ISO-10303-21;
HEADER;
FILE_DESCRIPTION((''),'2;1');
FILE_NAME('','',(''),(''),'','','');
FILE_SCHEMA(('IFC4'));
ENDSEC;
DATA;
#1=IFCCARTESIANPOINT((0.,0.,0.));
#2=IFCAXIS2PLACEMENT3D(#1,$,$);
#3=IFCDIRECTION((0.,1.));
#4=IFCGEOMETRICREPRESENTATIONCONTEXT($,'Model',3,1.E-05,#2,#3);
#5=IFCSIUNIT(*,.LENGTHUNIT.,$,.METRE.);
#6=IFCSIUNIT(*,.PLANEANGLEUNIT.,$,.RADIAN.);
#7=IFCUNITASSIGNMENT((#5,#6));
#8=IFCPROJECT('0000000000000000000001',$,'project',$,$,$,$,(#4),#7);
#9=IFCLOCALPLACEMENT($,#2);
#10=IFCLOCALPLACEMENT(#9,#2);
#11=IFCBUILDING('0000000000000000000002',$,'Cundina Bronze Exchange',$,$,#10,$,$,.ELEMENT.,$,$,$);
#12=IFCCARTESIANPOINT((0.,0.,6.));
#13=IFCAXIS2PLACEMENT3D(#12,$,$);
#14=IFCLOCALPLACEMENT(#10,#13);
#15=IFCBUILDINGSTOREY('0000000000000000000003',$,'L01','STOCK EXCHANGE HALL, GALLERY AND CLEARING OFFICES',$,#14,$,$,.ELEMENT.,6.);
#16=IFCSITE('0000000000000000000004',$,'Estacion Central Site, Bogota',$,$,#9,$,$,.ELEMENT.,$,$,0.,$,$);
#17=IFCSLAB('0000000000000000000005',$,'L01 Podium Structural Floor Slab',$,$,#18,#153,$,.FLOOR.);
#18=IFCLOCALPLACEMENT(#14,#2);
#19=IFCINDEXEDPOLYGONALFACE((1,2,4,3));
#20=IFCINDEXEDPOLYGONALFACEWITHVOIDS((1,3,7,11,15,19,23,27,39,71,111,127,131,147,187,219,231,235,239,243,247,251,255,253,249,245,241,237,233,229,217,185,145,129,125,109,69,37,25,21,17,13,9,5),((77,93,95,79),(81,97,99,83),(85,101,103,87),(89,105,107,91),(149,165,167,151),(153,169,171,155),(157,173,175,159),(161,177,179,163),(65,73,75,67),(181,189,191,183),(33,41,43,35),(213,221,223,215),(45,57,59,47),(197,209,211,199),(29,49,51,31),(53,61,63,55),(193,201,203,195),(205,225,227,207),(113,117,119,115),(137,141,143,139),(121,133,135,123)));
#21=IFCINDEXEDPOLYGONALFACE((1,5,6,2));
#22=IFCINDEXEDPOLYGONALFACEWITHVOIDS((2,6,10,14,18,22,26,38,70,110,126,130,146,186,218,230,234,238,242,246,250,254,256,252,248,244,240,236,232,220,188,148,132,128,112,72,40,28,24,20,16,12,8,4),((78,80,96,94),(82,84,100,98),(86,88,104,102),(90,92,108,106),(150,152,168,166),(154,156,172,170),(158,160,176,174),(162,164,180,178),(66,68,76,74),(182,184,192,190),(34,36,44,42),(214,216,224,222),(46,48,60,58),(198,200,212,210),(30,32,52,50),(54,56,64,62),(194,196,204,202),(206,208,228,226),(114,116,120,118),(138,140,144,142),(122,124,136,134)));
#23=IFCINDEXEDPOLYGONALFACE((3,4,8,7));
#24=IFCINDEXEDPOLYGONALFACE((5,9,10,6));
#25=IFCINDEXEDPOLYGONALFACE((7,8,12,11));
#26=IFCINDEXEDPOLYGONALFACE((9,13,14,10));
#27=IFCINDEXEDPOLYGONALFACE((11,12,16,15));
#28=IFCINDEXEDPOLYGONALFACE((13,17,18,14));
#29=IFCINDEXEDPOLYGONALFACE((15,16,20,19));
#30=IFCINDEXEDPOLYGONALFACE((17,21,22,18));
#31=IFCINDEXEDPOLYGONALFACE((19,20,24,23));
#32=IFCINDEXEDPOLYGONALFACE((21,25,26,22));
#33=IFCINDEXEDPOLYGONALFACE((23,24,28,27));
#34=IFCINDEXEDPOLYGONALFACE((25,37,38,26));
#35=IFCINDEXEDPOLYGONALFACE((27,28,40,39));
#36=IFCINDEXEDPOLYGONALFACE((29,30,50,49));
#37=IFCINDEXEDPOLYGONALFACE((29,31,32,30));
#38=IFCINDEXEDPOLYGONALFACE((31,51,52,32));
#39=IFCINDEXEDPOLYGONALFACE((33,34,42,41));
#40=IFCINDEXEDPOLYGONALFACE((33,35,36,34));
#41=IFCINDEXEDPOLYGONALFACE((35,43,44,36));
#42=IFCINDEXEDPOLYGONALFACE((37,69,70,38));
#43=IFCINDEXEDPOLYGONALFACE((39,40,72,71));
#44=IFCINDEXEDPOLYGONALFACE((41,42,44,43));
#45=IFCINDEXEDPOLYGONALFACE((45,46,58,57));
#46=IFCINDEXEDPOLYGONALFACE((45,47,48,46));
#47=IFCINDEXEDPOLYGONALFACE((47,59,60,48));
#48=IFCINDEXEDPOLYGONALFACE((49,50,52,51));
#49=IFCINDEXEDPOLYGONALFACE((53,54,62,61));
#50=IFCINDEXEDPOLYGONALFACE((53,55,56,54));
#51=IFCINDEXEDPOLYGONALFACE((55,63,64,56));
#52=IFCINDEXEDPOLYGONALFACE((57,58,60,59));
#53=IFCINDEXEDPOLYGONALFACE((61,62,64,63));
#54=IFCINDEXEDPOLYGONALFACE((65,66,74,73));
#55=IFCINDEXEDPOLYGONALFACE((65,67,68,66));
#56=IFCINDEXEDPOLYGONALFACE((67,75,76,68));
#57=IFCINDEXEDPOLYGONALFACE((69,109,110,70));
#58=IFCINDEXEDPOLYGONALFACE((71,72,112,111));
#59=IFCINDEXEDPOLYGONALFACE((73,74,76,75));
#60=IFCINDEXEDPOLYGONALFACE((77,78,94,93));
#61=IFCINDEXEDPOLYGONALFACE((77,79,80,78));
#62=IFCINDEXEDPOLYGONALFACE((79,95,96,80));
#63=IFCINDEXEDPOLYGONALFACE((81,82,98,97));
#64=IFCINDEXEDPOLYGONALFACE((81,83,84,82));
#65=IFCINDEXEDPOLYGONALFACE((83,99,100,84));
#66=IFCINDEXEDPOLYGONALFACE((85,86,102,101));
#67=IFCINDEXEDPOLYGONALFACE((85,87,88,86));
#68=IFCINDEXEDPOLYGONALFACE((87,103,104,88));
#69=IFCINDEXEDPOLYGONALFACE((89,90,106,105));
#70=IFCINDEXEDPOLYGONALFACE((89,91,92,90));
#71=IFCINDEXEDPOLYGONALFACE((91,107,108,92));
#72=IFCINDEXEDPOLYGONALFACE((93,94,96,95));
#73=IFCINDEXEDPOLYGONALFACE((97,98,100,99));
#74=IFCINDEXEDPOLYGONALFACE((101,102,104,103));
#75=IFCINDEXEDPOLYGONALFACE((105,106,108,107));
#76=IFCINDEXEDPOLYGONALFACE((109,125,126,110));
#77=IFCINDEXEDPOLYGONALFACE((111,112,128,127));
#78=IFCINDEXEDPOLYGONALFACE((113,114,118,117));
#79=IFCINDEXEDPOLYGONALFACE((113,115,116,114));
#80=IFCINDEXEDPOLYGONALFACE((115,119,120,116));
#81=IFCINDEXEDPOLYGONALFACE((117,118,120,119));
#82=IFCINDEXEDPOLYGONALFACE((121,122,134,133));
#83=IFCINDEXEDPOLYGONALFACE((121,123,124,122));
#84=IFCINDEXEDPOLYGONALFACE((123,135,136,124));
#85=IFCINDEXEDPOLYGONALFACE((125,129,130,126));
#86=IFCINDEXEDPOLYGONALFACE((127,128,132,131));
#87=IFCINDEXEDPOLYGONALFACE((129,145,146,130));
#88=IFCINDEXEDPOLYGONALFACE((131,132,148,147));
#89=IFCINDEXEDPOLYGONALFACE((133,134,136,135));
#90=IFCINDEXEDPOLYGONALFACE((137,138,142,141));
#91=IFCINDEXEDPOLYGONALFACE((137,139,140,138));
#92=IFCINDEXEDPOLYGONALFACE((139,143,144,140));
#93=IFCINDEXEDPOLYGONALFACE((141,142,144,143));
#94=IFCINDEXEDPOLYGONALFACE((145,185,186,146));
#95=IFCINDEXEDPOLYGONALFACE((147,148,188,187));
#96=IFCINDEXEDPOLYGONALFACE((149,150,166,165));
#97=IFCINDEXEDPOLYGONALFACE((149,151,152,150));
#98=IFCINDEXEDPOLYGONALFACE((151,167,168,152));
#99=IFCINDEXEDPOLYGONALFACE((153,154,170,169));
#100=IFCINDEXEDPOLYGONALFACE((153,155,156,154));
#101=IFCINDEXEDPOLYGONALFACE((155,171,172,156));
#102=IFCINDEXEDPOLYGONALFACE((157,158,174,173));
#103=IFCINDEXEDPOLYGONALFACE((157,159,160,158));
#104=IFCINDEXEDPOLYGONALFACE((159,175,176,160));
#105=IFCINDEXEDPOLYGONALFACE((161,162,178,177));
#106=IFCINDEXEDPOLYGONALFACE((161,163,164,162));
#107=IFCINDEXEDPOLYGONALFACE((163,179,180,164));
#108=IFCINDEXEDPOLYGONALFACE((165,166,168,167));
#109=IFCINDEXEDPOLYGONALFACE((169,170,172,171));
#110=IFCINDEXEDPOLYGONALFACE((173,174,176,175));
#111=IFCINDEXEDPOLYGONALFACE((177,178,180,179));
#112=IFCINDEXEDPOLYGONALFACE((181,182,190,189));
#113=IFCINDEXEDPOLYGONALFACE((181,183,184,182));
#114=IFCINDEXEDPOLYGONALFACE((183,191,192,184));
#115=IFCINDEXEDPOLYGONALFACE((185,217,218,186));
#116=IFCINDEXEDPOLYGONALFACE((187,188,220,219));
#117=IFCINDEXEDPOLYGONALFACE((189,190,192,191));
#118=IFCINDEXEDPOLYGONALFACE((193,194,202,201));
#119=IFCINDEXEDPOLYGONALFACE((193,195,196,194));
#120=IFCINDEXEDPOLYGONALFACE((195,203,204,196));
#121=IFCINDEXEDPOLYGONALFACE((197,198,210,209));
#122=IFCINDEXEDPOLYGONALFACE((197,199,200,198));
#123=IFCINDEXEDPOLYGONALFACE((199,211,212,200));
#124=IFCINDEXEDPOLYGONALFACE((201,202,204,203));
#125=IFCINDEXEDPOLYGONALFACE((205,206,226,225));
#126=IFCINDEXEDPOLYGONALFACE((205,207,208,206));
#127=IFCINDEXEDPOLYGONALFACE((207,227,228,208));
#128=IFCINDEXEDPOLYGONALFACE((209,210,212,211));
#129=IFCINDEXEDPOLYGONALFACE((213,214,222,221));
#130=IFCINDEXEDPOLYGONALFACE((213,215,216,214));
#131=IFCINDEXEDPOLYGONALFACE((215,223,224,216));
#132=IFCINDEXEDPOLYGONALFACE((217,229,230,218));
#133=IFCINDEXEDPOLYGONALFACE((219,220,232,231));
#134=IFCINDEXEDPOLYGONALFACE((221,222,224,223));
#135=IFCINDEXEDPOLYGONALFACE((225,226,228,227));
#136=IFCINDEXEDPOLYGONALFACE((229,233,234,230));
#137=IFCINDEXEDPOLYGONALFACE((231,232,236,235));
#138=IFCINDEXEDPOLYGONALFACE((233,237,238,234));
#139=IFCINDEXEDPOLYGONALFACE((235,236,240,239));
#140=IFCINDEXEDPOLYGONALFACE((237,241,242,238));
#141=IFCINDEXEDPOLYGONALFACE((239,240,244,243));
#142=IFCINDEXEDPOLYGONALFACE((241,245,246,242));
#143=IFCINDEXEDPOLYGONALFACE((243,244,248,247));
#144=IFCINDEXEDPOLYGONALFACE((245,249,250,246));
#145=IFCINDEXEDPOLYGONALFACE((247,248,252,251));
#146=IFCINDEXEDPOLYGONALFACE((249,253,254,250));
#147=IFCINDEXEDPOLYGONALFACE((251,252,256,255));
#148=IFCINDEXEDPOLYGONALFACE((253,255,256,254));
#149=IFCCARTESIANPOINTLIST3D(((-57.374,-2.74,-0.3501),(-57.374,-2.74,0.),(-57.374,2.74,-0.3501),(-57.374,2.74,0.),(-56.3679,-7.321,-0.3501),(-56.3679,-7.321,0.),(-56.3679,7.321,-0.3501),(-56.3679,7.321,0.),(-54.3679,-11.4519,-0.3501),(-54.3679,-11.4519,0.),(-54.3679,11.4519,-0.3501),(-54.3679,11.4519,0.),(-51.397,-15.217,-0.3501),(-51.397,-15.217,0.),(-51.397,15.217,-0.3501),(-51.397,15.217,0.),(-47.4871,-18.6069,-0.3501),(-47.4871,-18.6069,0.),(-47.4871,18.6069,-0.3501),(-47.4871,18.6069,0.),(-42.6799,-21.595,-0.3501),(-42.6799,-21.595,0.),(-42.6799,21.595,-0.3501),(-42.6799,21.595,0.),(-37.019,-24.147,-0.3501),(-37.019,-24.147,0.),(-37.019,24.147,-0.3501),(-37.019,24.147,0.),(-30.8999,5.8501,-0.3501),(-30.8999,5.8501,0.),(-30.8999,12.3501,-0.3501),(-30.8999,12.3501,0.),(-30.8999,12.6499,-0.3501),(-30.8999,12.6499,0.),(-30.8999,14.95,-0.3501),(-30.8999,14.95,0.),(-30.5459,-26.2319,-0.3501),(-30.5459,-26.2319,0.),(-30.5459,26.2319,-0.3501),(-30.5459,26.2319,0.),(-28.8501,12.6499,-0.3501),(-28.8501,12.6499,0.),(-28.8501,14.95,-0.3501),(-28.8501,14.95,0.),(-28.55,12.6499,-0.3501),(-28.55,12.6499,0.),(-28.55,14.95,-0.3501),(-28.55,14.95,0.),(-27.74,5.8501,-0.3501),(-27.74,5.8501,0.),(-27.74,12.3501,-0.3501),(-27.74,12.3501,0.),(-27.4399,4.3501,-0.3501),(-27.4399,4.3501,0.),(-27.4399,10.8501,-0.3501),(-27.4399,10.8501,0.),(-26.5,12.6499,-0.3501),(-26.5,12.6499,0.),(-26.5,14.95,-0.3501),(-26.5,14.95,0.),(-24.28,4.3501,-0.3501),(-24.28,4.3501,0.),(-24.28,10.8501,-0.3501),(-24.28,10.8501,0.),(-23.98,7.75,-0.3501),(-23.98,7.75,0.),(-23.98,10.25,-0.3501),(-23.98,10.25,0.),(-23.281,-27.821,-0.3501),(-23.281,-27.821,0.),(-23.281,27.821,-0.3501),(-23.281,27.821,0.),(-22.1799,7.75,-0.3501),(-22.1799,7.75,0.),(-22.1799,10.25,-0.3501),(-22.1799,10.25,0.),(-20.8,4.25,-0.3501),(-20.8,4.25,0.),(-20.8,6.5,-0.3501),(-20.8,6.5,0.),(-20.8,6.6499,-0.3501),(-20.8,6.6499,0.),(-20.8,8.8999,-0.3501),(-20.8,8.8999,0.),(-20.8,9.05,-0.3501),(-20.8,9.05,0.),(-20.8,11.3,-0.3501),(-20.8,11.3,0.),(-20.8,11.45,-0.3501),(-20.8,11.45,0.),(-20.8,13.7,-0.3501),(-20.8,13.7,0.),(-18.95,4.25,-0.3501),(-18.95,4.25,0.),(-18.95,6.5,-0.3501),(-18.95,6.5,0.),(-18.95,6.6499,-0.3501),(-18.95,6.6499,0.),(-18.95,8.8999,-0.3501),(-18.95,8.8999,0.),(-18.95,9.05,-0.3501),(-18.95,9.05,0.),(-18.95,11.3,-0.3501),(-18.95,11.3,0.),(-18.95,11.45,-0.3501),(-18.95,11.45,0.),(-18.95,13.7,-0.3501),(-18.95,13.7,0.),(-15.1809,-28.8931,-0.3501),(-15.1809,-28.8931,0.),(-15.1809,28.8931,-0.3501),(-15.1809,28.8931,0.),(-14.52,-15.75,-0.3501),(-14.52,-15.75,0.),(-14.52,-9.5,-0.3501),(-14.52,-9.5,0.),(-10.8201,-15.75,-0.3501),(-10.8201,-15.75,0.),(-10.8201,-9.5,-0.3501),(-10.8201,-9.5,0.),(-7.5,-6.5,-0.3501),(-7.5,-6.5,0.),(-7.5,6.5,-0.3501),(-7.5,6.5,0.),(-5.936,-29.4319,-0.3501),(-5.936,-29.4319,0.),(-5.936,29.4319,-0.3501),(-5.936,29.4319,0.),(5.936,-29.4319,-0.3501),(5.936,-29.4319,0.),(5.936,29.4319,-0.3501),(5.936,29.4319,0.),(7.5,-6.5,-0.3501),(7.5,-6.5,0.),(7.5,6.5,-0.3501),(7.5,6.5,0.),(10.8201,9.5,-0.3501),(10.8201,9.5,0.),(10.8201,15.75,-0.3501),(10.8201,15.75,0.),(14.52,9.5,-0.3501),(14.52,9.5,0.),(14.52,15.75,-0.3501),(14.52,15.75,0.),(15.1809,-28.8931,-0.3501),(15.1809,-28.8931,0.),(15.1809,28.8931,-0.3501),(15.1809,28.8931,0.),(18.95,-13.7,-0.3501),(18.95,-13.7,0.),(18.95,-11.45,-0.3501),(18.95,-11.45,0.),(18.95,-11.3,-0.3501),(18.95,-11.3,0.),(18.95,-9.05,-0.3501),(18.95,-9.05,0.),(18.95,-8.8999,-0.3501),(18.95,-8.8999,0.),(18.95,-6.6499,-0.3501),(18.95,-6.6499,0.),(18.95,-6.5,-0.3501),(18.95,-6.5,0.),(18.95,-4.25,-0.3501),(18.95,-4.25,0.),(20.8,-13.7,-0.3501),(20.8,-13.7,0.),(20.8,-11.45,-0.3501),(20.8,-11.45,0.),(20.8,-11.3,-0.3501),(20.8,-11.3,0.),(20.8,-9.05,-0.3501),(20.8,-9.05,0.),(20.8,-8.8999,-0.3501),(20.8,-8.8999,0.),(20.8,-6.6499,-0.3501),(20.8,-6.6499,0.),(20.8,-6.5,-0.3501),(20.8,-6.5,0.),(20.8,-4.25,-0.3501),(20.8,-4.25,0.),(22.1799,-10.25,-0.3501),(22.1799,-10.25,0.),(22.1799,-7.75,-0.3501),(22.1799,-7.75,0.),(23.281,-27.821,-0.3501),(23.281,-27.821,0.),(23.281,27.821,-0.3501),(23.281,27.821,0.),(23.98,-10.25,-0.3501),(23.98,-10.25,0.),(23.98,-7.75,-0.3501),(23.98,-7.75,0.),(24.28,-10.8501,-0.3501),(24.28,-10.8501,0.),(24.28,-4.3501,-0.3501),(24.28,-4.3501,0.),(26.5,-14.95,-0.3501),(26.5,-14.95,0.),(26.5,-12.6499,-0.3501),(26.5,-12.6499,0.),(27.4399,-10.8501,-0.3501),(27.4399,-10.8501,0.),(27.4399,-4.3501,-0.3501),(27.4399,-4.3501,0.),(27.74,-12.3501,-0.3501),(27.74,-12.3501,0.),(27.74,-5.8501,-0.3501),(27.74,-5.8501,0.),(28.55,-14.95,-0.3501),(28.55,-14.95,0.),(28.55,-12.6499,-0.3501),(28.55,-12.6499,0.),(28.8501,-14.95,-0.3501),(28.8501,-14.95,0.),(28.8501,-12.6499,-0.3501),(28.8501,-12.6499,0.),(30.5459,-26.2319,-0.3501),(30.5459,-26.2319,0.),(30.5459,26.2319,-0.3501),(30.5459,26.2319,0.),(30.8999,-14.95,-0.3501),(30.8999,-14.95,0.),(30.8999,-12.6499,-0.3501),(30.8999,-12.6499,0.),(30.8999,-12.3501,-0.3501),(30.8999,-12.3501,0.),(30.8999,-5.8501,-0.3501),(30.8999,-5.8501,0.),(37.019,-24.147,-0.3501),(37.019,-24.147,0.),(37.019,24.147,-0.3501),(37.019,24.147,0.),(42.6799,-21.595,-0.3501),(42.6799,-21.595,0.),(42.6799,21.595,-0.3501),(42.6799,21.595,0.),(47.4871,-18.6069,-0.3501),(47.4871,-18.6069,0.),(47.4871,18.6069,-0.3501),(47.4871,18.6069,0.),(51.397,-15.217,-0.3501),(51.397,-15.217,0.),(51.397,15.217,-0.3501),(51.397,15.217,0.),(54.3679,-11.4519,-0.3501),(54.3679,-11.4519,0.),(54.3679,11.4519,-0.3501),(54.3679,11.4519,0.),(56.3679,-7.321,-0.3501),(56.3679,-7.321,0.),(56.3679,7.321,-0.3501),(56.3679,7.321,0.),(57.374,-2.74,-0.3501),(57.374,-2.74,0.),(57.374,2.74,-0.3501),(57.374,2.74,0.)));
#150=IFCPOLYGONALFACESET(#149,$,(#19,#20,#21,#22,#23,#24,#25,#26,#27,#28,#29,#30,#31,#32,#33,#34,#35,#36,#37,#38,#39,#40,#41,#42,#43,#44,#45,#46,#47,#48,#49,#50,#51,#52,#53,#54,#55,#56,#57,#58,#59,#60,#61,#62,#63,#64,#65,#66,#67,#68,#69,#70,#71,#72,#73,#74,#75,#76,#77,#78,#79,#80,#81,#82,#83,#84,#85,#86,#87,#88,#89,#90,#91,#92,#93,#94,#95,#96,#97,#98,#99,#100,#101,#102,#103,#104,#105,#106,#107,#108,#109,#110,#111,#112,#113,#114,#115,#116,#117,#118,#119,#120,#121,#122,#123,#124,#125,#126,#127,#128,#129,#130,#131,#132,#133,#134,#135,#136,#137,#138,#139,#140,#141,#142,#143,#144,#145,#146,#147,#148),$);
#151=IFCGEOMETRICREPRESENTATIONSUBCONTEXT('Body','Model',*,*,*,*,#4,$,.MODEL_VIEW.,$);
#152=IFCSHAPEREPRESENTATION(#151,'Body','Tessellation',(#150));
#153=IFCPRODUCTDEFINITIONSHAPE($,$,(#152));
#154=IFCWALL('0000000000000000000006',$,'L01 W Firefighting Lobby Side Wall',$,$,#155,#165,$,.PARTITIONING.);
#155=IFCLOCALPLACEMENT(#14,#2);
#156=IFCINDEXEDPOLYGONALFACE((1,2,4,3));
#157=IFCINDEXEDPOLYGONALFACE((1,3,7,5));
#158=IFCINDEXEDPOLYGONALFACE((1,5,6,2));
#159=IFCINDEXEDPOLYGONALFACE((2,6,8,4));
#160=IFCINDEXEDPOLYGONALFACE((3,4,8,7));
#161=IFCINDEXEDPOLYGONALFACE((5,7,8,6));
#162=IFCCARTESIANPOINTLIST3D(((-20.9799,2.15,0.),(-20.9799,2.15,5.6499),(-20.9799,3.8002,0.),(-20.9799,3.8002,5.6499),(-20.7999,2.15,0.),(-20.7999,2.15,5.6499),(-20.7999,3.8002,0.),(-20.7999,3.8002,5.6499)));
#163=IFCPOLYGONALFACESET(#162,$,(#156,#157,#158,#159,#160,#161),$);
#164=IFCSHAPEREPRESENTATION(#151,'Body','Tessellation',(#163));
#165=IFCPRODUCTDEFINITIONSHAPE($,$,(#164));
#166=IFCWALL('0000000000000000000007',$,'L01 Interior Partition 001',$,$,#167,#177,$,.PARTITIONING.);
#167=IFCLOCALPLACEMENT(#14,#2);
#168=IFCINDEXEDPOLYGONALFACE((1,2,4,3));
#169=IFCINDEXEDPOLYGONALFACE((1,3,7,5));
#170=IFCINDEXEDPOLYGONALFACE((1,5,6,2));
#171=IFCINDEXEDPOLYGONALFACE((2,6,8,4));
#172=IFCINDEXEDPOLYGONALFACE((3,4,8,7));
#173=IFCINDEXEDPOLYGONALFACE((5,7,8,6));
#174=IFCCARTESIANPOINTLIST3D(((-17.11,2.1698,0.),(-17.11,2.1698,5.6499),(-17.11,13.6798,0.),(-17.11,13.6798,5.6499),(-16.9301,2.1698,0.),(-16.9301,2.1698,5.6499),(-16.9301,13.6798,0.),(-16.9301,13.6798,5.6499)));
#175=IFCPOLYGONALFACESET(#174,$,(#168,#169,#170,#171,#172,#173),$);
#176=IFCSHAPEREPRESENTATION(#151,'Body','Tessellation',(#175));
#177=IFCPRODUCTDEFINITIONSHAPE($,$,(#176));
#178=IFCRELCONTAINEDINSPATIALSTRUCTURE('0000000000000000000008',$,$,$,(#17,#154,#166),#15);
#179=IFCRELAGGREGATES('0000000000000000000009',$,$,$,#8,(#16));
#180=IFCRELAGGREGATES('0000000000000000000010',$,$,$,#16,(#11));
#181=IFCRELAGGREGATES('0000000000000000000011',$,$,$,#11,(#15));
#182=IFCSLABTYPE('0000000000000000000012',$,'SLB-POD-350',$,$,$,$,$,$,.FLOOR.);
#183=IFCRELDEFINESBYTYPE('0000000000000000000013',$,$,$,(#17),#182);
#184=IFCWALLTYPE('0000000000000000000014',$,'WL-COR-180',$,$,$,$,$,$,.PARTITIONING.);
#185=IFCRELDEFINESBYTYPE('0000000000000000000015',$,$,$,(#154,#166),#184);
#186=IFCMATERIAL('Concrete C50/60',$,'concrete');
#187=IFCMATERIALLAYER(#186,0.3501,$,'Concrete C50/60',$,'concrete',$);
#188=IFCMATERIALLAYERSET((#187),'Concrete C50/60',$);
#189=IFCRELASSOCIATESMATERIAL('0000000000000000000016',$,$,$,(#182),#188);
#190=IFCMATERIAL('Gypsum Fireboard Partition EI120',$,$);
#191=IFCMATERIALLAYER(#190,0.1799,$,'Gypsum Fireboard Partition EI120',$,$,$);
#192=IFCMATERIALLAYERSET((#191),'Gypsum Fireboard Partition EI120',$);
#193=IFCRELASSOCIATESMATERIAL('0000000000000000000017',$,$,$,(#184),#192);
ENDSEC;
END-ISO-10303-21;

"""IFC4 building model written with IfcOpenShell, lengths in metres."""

from ifc_helpers import new_model, si_unit, direction, frame, frame_2d, origin, place, context, subcontext, project, spatial, polyline, rectangle, outline, extrude, material, layer, layer_set, type_object, element, save


model = new_model("IFC4")

# Units and contexts
model_context = context("Model", 3, precision=1e-05, world=origin(), true_north=direction((0.0, 1.0)))
body_context = subcontext(model_context, "Body", "Model", "MODEL_VIEW")
ifc_project = project(units=[si_unit("LENGTHUNIT", "METRE"), si_unit("PLANEANGLEUNIT", "RADIAN")], contexts=[model_context])

# Site, building, storey
site_placement = place(None, origin())
site = spatial("IfcSite", under=ifc_project, at=site_placement, Name="Estacion Central Site, Bogota", CompositionType="ELEMENT", RefElevation=0.0)
building_placement = place(site_placement, origin())
building = spatial("IfcBuilding", under=site, at=building_placement, Name="Cundina Bronze Exchange", CompositionType="ELEMENT")
storey_placement = place(building_placement, frame((0.0, 0.0, 6.0)))
storey = spatial("IfcBuildingStorey", under=building, at=storey_placement, Name="L01", Description="STOCK EXCHANGE HALL, GALLERY AND CLEARING OFFICES", CompositionType="ELEMENT", Elevation=6.0)

# Slab
ifc_material_1 = material(Name="Concrete C50/60", Category="concrete")
ifc_layer_1 = layer(ifc_material_1, 0.3501, Name="Concrete C50/60", Category="concrete")
ifc_layer_set_1 = layer_set([ifc_layer_1], Name="Concrete C50/60")
slab_type = type_object("IfcSlabType", Name="SLB-POD-350", PredefinedType="FLOOR", material=ifc_layer_set_1)
slab_placement = place(storey_placement, frame((0.0, 0.0, -0.3501)))
element("IfcSlab", 1, at=slab_placement, inside=storey, type_object=slab_type, Name="L01 Podium Structural Floor Slab", PredefinedType="FLOOR", context=body_context, shape_type="SweptSolid", body=[
    extrude(outline(polyline([(57.374, 2.74), (56.3679, 7.321), (54.3679, 11.4519), (51.397, 15.217), (47.4871, 18.6069), (42.6799, 21.595), (37.019, 24.147), (30.5459, 26.2319), (23.281, 27.821), (15.1809, 28.8931), (5.936, 29.4319), (-5.936, 29.4319), (-15.1809, 28.8931), (-23.281, 27.821), (-30.5459, 26.2319), (-37.019, 24.147), (-42.6799, 21.595), (-47.4871, 18.6069), (-51.397, 15.217), (-54.3679, 11.4519), (-56.3679, 7.321), (-57.374, 2.74), (-57.374, -2.74), (-56.3679, -7.321), (-54.3679, -11.4519), (-51.397, -15.217), (-47.4871, -18.6069), (-42.6799, -21.595), (-37.019, -24.147), (-30.5459, -26.2319), (-23.281, -27.821), (-15.1809, -28.8931), (-5.936, -29.4319), (5.936, -29.4319), (15.1809, -28.8931), (23.281, -27.821), (30.5459, -26.2319), (37.019, -24.147), (42.6799, -21.595), (47.4871, -18.6069), (51.397, -15.217), (54.3679, -11.4519), (56.3679, -7.321), (57.374, -2.74), (57.374, 2.74)]), holes=[polyline([(-27.74, 5.8501), (-27.74, 12.3501), (-30.8999, 12.3501), (-30.8999, 5.8501), (-27.74, 5.8501)]), polyline([(-27.4399, 10.8501), (-27.4399, 4.3501), (-24.28, 4.3501), (-24.28, 10.8501), (-27.4399, 10.8501)]), polyline([(27.74, -5.8501), (27.74, -12.3501), (30.8999, -12.3501), (30.8999, -5.8501), (27.74, -5.8501)]), polyline([(27.4399, -10.8501), (27.4399, -4.3501), (24.28, -4.3501), (24.28, -10.8501), (27.4399, -10.8501)]), polyline([(-10.8201, -15.75), (-10.8201, -9.5), (-14.52, -9.5), (-14.52, -15.75), (-10.8201, -15.75)]), polyline([(10.8201, 15.75), (10.8201, 9.5), (14.52, 9.5), (14.52, 15.75), (10.8201, 15.75)]), polyline([(-23.98, 10.25), (-22.1799, 10.25), (-22.1799, 7.75), (-23.98, 7.75), (-23.98, 10.25)]), polyline([(-30.8999, 14.95), (-28.8501, 14.95), (-28.8501, 12.6499), (-30.8999, 12.6499), (-30.8999, 14.95)]), polyline([(-28.55, 14.95), (-26.5, 14.95), (-26.5, 12.6499), (-28.55, 12.6499), (-28.55, 14.95)]), polyline([(-20.8, 13.7), (-18.95, 13.7), (-18.95, 11.45), (-20.8, 11.45), (-20.8, 13.7)]), polyline([(-20.8, 11.3), (-18.95, 11.3), (-18.95, 9.05), (-20.8, 9.05), (-20.8, 11.3)]), polyline([(-20.8, 8.8999), (-18.95, 8.8999), (-18.95, 6.6499), (-20.8, 6.6499), (-20.8, 8.8999)]), polyline([(-20.8, 6.5), (-18.95, 6.5), (-18.95, 4.25), (-20.8, 4.25), (-20.8, 6.5)]), polyline([(22.1799, -7.75), (23.98, -7.75), (23.98, -10.25), (22.1799, -10.25), (22.1799, -7.75)]), polyline([(28.8501, -12.6499), (30.8999, -12.6499), (30.8999, -14.95), (28.8501, -14.95), (28.8501, -12.6499)]), polyline([(26.5, -12.6499), (28.55, -12.6499), (28.55, -14.95), (26.5, -14.95), (26.5, -12.6499)]), polyline([(18.95, -11.45), (20.8, -11.45), (20.8, -13.7), (18.95, -13.7), (18.95, -11.45)]), polyline([(18.95, -9.05), (20.8, -9.05), (20.8, -11.3), (18.95, -11.3), (18.95, -9.05)]), polyline([(18.95, -6.6499), (20.8, -6.6499), (20.8, -8.8999), (18.95, -8.8999), (18.95, -6.6499)]), polyline([(18.95, -4.25), (20.8, -4.25), (20.8, -6.5), (18.95, -6.5), (18.95, -4.25)]), polyline([(-7.5, 6.5), (7.5, 6.5), (7.5, -6.5), (-7.5, -6.5), (-7.5, 6.5)])]), origin(), (0.0, 0.0, 1.0), 0.3501),
])

# Wall
ifc_material_2 = material(Name="Gypsum Fireboard Partition EI120")
ifc_layer_2 = layer(ifc_material_2, 0.1799, Name="Gypsum Fireboard Partition EI120")
ifc_layer_set_2 = layer_set([ifc_layer_2], Name="Gypsum Fireboard Partition EI120")
wall_type_1 = type_object("IfcWallType", Name="WL-COR-180", PredefinedType="PARTITIONING", material=ifc_layer_set_2)
wall_1_placement = place(storey_placement, frame((-20.8899, 2.1499, 0.0), z_axis=(0.0, 0.0, 1.0), x_axis=(0.0, 1.0, 0.0)))
element("IfcWall", 2, at=wall_1_placement, inside=storey, type_object=wall_type_1, Name="L01 W Firefighting Lobby Side Wall", PredefinedType="PARTITIONING", context=body_context, shape_type="SweptSolid", body=[
    extrude(rectangle(XDim=1.6501, YDim=0.1799, at=frame_2d((0.8252, 0.0))), origin(), (0.0, 0.0, 1.0), 5.6499),
])

# Wall
wall_2_placement = place(storey_placement, frame((-17.02, 2.1699, 0.0), z_axis=(0.0, 0.0, 1.0), x_axis=(0.0, 1.0, 0.0)))
element("IfcWall", 3, at=wall_2_placement, inside=storey, type_object=wall_type_1, Name="L01 Interior Partition 001", PredefinedType="PARTITIONING", context=body_context, shape_type="SweptSolid", body=[
    extrude(rectangle(XDim=11.51, YDim=0.1799, at=frame_2d((5.7549, 0.0))), origin(), (0.0, 0.0, 1.0), 5.6499),
])

save(model, "model.ifc")
